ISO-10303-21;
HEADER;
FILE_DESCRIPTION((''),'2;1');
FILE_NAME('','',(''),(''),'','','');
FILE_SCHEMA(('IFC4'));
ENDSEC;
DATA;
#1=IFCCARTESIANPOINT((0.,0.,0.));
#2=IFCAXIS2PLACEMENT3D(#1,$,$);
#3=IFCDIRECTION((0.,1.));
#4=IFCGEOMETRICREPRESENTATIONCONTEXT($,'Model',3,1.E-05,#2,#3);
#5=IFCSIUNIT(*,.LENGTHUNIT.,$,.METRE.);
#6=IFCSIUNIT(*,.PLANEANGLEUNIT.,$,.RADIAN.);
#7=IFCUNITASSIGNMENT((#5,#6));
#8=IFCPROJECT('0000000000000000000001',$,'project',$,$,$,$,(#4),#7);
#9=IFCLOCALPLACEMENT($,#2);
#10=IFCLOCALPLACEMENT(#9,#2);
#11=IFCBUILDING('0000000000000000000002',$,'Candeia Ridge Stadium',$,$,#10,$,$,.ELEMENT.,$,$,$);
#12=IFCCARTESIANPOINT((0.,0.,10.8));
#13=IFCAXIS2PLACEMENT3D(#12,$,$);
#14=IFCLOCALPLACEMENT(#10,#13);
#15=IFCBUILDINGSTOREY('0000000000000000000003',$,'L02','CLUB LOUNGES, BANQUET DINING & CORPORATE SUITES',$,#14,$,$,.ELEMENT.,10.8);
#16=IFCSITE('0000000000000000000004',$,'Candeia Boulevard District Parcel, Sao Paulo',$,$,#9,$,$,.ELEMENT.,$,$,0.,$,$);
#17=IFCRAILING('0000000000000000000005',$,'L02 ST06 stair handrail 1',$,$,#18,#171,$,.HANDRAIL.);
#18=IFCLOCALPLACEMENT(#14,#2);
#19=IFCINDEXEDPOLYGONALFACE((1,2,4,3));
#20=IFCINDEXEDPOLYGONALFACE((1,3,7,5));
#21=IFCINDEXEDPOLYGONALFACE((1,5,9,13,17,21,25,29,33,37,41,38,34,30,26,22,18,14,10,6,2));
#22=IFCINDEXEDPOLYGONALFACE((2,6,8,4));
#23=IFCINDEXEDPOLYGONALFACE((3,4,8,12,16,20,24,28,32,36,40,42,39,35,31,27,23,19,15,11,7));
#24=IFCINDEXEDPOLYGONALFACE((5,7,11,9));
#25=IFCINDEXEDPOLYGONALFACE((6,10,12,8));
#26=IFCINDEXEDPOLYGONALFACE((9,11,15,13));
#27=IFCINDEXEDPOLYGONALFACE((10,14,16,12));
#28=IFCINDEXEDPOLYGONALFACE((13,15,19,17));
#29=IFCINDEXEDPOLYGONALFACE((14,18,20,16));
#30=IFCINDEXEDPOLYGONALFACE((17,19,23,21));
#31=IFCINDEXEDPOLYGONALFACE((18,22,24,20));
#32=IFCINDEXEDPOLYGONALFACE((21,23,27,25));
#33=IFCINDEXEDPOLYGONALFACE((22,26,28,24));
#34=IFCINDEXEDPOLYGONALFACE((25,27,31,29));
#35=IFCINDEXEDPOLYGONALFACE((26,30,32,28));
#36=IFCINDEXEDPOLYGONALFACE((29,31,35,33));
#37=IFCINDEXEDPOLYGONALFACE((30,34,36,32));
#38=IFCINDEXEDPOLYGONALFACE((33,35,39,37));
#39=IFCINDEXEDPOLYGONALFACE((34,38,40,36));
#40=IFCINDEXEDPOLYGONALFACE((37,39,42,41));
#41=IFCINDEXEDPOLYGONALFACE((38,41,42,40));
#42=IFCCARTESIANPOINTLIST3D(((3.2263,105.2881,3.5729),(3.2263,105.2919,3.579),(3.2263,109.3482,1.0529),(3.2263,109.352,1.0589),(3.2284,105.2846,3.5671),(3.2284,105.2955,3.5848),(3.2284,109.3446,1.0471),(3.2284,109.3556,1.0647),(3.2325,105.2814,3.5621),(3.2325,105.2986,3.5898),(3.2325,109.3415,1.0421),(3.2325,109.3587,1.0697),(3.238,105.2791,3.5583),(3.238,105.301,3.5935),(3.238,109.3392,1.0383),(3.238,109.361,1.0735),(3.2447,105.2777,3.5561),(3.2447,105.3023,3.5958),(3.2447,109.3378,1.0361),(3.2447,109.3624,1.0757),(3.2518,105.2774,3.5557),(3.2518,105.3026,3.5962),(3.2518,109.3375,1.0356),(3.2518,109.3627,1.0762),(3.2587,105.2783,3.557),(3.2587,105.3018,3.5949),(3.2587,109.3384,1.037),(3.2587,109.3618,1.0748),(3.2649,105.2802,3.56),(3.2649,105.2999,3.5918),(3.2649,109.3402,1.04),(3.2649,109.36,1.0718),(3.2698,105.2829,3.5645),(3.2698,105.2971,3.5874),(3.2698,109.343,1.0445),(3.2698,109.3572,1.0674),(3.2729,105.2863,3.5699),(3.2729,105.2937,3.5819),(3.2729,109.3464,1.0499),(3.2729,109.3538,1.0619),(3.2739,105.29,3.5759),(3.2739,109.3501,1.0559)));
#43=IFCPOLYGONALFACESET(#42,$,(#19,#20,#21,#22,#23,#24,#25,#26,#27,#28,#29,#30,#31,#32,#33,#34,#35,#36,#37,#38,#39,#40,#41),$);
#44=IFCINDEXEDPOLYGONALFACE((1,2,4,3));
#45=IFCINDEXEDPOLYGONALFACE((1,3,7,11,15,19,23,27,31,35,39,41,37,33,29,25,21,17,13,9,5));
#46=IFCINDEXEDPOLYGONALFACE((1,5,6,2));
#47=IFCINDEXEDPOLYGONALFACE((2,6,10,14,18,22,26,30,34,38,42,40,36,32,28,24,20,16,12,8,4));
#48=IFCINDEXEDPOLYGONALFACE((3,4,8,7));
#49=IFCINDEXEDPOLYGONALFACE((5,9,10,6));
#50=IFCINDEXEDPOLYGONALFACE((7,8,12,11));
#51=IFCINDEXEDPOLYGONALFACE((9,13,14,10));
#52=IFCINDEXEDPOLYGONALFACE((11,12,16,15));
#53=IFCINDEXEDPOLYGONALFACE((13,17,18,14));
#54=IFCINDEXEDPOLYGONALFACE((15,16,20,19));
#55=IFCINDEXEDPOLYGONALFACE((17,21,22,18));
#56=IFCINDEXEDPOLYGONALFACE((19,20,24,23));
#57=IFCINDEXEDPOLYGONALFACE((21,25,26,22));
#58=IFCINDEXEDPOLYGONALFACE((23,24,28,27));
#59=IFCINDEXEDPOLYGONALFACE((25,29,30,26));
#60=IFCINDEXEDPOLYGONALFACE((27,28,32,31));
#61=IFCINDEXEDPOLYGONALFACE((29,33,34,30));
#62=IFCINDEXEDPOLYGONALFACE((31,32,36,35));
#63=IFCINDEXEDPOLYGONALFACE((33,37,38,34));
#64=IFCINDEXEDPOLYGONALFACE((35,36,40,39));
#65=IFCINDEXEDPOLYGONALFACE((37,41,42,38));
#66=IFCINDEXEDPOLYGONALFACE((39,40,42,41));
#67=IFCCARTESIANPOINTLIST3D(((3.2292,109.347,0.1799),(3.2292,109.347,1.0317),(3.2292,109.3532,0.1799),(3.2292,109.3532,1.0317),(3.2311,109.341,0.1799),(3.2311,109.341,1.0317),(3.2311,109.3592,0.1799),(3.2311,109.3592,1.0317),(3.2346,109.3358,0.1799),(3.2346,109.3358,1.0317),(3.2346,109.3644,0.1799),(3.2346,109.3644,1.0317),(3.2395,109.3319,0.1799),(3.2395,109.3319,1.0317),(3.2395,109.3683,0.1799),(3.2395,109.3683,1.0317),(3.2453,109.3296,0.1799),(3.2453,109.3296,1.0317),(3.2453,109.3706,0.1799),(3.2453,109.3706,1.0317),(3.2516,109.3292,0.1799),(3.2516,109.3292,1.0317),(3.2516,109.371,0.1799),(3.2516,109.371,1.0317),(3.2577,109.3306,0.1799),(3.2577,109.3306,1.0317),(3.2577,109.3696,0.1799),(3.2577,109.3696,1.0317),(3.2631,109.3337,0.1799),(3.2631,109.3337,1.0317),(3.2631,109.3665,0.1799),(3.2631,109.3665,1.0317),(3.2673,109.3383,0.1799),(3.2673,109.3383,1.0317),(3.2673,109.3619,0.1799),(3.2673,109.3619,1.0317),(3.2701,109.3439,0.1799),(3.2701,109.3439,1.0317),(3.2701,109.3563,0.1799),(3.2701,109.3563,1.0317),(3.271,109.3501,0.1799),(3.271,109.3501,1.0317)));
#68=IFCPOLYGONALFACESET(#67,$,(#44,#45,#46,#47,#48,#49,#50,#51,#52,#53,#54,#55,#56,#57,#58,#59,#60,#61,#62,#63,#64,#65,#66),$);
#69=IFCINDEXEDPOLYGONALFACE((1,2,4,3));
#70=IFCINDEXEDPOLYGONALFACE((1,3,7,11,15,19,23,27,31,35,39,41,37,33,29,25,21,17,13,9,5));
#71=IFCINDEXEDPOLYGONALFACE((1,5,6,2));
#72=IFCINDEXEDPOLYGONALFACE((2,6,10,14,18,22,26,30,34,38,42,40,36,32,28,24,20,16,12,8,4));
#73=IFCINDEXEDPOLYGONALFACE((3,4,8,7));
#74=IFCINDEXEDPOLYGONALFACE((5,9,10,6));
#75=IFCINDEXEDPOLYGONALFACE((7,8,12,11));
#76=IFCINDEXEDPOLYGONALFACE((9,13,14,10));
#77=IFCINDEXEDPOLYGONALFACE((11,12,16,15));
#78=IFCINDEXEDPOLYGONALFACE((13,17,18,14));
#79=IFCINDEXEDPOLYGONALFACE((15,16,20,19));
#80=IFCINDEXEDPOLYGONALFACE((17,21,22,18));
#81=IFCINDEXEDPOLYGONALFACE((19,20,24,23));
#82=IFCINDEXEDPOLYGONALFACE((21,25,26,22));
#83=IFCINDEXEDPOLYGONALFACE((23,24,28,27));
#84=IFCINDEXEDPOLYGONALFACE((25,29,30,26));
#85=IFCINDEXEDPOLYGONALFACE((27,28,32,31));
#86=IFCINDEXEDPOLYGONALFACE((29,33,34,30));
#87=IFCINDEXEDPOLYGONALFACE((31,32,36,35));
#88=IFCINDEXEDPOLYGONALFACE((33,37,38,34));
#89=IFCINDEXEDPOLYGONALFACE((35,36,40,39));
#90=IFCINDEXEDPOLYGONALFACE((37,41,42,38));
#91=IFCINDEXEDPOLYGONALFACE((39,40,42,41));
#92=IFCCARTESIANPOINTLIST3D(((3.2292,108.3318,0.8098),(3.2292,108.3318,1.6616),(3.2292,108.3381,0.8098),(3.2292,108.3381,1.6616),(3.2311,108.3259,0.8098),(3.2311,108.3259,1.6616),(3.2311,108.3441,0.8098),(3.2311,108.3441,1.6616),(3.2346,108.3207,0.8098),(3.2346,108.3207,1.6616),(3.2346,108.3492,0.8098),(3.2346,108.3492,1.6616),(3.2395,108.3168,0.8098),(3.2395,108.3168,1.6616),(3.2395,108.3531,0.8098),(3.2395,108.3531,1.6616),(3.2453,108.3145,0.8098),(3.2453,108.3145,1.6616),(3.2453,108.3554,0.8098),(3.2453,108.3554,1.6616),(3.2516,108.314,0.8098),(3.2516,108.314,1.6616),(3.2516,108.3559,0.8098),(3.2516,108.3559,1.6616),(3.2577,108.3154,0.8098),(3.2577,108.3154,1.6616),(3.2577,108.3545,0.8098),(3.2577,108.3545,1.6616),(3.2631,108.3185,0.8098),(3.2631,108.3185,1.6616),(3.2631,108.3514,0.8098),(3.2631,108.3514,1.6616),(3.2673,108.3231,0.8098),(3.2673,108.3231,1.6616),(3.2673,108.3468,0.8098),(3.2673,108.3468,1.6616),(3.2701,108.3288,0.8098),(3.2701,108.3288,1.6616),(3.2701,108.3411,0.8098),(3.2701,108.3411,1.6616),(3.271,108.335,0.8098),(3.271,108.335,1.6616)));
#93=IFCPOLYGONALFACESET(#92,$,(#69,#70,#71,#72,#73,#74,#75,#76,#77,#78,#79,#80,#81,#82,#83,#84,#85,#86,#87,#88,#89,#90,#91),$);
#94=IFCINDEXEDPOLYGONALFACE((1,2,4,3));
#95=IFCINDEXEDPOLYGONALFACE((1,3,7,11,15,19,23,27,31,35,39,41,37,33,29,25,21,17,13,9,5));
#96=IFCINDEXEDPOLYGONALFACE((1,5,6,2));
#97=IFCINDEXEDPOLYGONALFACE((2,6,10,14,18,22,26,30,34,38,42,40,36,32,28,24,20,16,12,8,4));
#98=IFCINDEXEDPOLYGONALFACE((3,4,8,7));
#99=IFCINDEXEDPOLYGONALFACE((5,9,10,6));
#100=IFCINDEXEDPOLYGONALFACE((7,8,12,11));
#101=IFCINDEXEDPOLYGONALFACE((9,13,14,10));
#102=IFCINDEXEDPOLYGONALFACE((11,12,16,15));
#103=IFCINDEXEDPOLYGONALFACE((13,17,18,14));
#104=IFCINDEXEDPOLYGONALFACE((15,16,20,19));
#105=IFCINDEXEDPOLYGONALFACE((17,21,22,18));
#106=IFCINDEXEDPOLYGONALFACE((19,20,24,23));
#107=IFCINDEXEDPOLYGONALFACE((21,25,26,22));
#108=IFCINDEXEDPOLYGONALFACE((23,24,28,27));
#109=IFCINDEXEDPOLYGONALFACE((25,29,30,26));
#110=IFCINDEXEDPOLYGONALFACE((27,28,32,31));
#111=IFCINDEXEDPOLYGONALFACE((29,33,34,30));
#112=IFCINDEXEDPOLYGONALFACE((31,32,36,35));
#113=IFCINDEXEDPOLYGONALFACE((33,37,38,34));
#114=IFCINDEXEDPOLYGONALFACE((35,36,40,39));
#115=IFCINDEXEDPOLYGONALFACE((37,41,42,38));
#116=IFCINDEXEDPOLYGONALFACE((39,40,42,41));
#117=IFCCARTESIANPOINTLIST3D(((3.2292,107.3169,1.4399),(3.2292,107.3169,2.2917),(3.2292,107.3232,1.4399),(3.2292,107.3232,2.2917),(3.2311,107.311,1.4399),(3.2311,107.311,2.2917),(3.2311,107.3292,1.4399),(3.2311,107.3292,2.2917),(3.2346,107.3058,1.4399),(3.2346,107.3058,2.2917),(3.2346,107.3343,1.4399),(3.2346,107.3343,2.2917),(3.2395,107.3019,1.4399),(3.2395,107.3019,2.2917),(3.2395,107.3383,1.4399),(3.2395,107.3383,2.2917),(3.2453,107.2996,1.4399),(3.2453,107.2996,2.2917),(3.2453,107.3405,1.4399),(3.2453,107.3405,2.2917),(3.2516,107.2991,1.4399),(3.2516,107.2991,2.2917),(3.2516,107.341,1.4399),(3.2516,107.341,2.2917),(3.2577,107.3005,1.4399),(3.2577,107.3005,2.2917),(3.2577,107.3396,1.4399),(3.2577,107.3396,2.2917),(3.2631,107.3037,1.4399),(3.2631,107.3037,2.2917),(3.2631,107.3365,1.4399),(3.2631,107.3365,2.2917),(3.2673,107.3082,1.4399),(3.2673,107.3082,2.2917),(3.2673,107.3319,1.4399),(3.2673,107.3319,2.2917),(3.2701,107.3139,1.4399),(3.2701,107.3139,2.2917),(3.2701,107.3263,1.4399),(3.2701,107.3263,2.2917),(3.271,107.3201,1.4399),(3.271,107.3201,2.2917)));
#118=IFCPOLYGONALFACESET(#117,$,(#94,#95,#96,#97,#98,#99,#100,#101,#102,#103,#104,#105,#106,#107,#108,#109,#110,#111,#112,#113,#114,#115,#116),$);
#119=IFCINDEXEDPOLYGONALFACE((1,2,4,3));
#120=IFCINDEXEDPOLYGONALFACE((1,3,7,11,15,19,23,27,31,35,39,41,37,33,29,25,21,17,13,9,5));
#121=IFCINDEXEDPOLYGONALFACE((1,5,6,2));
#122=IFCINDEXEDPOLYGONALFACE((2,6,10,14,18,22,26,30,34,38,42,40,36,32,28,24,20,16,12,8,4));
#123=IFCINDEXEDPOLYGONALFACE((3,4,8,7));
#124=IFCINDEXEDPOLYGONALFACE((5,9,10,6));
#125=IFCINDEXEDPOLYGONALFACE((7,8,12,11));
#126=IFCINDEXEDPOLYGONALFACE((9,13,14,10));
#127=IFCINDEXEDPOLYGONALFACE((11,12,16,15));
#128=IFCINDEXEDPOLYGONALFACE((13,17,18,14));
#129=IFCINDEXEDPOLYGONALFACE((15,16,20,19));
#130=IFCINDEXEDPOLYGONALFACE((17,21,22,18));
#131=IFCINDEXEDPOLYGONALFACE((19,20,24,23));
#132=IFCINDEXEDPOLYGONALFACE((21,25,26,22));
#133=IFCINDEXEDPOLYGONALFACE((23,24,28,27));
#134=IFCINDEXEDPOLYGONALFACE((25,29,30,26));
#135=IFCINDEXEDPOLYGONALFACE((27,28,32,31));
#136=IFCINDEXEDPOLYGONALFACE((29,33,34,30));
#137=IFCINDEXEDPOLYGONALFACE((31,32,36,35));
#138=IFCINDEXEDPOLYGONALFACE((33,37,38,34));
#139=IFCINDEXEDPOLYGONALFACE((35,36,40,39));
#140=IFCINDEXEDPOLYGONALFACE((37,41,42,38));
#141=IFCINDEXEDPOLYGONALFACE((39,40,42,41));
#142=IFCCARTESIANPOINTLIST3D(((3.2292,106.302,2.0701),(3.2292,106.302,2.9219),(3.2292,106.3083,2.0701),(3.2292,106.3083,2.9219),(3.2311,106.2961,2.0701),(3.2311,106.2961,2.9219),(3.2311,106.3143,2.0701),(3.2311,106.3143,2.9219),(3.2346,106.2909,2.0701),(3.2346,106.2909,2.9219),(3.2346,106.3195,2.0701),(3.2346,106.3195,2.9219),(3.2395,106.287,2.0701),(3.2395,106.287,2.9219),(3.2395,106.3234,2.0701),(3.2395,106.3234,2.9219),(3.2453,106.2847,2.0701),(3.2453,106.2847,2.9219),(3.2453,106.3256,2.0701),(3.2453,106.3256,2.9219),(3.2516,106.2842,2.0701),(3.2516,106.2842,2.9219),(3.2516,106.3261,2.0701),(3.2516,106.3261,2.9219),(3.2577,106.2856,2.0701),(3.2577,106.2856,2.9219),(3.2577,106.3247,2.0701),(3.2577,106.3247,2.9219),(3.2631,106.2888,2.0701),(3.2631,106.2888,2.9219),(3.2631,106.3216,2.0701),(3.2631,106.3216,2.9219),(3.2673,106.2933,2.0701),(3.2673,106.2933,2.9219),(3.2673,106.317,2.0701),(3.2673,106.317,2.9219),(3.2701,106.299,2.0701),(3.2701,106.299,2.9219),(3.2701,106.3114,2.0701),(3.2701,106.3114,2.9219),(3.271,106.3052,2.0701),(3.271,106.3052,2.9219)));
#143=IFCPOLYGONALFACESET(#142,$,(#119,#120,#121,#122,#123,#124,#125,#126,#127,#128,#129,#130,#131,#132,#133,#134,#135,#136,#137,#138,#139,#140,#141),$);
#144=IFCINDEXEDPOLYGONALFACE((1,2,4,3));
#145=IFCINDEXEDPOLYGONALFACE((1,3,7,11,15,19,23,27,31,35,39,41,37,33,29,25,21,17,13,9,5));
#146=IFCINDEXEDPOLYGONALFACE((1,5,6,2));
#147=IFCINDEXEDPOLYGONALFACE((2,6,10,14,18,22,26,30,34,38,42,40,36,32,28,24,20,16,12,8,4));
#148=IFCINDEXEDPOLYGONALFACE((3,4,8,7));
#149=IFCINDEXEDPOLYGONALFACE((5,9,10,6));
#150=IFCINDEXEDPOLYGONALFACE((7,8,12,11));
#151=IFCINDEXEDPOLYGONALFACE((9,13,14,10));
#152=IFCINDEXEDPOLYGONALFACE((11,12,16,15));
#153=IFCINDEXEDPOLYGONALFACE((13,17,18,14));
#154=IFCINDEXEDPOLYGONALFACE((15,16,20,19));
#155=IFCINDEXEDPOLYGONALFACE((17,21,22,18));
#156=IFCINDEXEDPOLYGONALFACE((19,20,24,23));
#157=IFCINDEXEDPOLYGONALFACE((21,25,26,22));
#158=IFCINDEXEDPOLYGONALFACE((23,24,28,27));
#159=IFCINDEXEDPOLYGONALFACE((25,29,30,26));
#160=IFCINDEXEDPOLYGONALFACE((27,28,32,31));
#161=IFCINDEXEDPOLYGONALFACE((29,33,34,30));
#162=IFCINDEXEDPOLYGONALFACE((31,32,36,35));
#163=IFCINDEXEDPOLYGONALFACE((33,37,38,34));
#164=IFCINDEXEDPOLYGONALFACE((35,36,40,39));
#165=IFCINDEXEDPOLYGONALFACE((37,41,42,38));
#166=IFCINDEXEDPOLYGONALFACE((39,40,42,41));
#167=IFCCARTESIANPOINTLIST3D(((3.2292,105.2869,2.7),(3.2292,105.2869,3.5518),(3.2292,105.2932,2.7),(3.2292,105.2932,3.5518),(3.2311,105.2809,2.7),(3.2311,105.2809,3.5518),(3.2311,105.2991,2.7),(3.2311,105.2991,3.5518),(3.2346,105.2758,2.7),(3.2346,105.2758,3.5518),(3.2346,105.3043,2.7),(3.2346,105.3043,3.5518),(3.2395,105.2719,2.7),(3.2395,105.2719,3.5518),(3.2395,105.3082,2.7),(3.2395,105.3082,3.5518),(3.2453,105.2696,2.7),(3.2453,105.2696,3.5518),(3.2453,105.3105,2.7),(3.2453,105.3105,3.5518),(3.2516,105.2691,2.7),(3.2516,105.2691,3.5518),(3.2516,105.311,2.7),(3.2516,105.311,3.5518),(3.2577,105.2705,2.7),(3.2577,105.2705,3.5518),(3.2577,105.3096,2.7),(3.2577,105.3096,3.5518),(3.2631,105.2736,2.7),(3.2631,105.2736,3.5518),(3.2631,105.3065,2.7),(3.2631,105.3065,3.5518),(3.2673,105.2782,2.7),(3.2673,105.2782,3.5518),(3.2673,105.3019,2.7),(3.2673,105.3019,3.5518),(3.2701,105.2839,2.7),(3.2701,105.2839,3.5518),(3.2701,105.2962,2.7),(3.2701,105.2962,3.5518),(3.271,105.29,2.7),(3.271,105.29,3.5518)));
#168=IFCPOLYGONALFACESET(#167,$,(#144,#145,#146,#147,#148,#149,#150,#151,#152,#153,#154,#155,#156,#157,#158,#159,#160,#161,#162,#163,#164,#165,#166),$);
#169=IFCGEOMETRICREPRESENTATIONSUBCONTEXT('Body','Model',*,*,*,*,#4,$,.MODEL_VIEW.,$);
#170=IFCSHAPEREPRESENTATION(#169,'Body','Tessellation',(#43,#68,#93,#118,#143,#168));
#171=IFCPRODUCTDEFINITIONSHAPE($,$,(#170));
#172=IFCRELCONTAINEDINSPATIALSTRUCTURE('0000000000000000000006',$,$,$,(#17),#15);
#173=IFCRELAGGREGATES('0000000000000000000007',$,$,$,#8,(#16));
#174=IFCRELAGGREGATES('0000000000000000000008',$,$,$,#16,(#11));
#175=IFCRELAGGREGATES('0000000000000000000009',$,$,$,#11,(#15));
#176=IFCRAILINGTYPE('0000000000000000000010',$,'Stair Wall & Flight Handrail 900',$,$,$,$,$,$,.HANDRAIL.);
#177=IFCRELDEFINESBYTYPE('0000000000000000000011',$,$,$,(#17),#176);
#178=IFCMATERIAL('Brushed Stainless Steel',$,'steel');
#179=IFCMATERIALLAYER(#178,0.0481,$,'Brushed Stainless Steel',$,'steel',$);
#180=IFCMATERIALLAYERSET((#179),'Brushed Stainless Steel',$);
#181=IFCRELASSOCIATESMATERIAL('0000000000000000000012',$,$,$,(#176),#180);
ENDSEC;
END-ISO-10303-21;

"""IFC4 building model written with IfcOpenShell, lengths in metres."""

from ifc_helpers import new_model, si_unit, direction, frame, origin, origin_2d, place, context, subcontext, project, spatial, circle, extrude, material, layer, layer_set, type_object, element, save


model = new_model("IFC4")

# Units and contexts
model_context = context("Model", 3, precision=1e-05, world=origin(), true_north=direction((0.0, 1.0)))
body_context = subcontext(model_context, "Body", "Model", "MODEL_VIEW")
ifc_project = project(units=[si_unit("LENGTHUNIT", "METRE"), si_unit("PLANEANGLEUNIT", "RADIAN")], contexts=[model_context])

# Site, building, storey
site_placement = place(None, origin())
site = spatial("IfcSite", under=ifc_project, at=site_placement, Name="Candeia Boulevard District Parcel, Sao Paulo", CompositionType="ELEMENT", RefElevation=0.0)
building_placement = place(site_placement, origin())
building = spatial("IfcBuilding", under=site, at=building_placement, Name="Candeia Ridge Stadium", CompositionType="ELEMENT")
storey_placement = place(building_placement, frame((0.0, 0.0, 10.8)))
storey = spatial("IfcBuildingStorey", under=building, at=storey_placement, Name="L02", Description="CLUB LOUNGES, BANQUET DINING & CORPORATE SUITES", CompositionType="ELEMENT", Elevation=10.8)

# Railing
ifc_material_1 = material(Name="Brushed Stainless Steel", Category="steel")
ifc_layer_1 = layer(ifc_material_1, 0.0481, Name="Brushed Stainless Steel", Category="steel")
ifc_layer_set_1 = layer_set([ifc_layer_1], Name="Brushed Stainless Steel")
railing_type_1 = type_object("IfcRailingType", Name="Stair Wall & Flight Handrail 900", PredefinedType="HANDRAIL", material=ifc_layer_set_1)
railing_1_placement = place(storey_placement, frame((3.25, 109.3501, 0.1799)))
element("IfcRailing", 1, at=railing_1_placement, inside=storey, type_object=railing_type_1, Name="L02 ST06 stair handrail 1", PredefinedType="HANDRAIL", context=body_context, shape_type="SweptSolid", body=[
    extrude(circle(Radius=0.0239, at=origin_2d()), frame((0.0, 0.0, 0.876), z_axis=(0.0, -0.849642, 0.52736), x_axis=(1.0, 0.0, 0.0)), (0.0, 0.0, 1.0), 4.7786),
    extrude(circle(Radius=0.021, at=origin_2d()), origin(), (0.0, 0.0, 1.0), 0.8518),
    extrude(circle(Radius=0.021, at=origin_2d()), frame((0.0, -1.0151, 0.6299)), (0.0, 0.0, 1.0), 0.8518),
    extrude(circle(Radius=0.021, at=origin_2d()), frame((0.0, -2.03, 1.26)), (0.0, 0.0, 1.0), 0.8518),
    extrude(circle(Radius=0.021, at=origin_2d()), frame((0.0, -3.0449, 1.8901)), (0.0, 0.0, 1.0), 0.8518),
    extrude(circle(Radius=0.021, at=origin_2d()), frame((0.0, -4.0601, 2.52)), (0.0, 0.0, 1.0), 0.8518),
])

save(model, "model.ifc")
